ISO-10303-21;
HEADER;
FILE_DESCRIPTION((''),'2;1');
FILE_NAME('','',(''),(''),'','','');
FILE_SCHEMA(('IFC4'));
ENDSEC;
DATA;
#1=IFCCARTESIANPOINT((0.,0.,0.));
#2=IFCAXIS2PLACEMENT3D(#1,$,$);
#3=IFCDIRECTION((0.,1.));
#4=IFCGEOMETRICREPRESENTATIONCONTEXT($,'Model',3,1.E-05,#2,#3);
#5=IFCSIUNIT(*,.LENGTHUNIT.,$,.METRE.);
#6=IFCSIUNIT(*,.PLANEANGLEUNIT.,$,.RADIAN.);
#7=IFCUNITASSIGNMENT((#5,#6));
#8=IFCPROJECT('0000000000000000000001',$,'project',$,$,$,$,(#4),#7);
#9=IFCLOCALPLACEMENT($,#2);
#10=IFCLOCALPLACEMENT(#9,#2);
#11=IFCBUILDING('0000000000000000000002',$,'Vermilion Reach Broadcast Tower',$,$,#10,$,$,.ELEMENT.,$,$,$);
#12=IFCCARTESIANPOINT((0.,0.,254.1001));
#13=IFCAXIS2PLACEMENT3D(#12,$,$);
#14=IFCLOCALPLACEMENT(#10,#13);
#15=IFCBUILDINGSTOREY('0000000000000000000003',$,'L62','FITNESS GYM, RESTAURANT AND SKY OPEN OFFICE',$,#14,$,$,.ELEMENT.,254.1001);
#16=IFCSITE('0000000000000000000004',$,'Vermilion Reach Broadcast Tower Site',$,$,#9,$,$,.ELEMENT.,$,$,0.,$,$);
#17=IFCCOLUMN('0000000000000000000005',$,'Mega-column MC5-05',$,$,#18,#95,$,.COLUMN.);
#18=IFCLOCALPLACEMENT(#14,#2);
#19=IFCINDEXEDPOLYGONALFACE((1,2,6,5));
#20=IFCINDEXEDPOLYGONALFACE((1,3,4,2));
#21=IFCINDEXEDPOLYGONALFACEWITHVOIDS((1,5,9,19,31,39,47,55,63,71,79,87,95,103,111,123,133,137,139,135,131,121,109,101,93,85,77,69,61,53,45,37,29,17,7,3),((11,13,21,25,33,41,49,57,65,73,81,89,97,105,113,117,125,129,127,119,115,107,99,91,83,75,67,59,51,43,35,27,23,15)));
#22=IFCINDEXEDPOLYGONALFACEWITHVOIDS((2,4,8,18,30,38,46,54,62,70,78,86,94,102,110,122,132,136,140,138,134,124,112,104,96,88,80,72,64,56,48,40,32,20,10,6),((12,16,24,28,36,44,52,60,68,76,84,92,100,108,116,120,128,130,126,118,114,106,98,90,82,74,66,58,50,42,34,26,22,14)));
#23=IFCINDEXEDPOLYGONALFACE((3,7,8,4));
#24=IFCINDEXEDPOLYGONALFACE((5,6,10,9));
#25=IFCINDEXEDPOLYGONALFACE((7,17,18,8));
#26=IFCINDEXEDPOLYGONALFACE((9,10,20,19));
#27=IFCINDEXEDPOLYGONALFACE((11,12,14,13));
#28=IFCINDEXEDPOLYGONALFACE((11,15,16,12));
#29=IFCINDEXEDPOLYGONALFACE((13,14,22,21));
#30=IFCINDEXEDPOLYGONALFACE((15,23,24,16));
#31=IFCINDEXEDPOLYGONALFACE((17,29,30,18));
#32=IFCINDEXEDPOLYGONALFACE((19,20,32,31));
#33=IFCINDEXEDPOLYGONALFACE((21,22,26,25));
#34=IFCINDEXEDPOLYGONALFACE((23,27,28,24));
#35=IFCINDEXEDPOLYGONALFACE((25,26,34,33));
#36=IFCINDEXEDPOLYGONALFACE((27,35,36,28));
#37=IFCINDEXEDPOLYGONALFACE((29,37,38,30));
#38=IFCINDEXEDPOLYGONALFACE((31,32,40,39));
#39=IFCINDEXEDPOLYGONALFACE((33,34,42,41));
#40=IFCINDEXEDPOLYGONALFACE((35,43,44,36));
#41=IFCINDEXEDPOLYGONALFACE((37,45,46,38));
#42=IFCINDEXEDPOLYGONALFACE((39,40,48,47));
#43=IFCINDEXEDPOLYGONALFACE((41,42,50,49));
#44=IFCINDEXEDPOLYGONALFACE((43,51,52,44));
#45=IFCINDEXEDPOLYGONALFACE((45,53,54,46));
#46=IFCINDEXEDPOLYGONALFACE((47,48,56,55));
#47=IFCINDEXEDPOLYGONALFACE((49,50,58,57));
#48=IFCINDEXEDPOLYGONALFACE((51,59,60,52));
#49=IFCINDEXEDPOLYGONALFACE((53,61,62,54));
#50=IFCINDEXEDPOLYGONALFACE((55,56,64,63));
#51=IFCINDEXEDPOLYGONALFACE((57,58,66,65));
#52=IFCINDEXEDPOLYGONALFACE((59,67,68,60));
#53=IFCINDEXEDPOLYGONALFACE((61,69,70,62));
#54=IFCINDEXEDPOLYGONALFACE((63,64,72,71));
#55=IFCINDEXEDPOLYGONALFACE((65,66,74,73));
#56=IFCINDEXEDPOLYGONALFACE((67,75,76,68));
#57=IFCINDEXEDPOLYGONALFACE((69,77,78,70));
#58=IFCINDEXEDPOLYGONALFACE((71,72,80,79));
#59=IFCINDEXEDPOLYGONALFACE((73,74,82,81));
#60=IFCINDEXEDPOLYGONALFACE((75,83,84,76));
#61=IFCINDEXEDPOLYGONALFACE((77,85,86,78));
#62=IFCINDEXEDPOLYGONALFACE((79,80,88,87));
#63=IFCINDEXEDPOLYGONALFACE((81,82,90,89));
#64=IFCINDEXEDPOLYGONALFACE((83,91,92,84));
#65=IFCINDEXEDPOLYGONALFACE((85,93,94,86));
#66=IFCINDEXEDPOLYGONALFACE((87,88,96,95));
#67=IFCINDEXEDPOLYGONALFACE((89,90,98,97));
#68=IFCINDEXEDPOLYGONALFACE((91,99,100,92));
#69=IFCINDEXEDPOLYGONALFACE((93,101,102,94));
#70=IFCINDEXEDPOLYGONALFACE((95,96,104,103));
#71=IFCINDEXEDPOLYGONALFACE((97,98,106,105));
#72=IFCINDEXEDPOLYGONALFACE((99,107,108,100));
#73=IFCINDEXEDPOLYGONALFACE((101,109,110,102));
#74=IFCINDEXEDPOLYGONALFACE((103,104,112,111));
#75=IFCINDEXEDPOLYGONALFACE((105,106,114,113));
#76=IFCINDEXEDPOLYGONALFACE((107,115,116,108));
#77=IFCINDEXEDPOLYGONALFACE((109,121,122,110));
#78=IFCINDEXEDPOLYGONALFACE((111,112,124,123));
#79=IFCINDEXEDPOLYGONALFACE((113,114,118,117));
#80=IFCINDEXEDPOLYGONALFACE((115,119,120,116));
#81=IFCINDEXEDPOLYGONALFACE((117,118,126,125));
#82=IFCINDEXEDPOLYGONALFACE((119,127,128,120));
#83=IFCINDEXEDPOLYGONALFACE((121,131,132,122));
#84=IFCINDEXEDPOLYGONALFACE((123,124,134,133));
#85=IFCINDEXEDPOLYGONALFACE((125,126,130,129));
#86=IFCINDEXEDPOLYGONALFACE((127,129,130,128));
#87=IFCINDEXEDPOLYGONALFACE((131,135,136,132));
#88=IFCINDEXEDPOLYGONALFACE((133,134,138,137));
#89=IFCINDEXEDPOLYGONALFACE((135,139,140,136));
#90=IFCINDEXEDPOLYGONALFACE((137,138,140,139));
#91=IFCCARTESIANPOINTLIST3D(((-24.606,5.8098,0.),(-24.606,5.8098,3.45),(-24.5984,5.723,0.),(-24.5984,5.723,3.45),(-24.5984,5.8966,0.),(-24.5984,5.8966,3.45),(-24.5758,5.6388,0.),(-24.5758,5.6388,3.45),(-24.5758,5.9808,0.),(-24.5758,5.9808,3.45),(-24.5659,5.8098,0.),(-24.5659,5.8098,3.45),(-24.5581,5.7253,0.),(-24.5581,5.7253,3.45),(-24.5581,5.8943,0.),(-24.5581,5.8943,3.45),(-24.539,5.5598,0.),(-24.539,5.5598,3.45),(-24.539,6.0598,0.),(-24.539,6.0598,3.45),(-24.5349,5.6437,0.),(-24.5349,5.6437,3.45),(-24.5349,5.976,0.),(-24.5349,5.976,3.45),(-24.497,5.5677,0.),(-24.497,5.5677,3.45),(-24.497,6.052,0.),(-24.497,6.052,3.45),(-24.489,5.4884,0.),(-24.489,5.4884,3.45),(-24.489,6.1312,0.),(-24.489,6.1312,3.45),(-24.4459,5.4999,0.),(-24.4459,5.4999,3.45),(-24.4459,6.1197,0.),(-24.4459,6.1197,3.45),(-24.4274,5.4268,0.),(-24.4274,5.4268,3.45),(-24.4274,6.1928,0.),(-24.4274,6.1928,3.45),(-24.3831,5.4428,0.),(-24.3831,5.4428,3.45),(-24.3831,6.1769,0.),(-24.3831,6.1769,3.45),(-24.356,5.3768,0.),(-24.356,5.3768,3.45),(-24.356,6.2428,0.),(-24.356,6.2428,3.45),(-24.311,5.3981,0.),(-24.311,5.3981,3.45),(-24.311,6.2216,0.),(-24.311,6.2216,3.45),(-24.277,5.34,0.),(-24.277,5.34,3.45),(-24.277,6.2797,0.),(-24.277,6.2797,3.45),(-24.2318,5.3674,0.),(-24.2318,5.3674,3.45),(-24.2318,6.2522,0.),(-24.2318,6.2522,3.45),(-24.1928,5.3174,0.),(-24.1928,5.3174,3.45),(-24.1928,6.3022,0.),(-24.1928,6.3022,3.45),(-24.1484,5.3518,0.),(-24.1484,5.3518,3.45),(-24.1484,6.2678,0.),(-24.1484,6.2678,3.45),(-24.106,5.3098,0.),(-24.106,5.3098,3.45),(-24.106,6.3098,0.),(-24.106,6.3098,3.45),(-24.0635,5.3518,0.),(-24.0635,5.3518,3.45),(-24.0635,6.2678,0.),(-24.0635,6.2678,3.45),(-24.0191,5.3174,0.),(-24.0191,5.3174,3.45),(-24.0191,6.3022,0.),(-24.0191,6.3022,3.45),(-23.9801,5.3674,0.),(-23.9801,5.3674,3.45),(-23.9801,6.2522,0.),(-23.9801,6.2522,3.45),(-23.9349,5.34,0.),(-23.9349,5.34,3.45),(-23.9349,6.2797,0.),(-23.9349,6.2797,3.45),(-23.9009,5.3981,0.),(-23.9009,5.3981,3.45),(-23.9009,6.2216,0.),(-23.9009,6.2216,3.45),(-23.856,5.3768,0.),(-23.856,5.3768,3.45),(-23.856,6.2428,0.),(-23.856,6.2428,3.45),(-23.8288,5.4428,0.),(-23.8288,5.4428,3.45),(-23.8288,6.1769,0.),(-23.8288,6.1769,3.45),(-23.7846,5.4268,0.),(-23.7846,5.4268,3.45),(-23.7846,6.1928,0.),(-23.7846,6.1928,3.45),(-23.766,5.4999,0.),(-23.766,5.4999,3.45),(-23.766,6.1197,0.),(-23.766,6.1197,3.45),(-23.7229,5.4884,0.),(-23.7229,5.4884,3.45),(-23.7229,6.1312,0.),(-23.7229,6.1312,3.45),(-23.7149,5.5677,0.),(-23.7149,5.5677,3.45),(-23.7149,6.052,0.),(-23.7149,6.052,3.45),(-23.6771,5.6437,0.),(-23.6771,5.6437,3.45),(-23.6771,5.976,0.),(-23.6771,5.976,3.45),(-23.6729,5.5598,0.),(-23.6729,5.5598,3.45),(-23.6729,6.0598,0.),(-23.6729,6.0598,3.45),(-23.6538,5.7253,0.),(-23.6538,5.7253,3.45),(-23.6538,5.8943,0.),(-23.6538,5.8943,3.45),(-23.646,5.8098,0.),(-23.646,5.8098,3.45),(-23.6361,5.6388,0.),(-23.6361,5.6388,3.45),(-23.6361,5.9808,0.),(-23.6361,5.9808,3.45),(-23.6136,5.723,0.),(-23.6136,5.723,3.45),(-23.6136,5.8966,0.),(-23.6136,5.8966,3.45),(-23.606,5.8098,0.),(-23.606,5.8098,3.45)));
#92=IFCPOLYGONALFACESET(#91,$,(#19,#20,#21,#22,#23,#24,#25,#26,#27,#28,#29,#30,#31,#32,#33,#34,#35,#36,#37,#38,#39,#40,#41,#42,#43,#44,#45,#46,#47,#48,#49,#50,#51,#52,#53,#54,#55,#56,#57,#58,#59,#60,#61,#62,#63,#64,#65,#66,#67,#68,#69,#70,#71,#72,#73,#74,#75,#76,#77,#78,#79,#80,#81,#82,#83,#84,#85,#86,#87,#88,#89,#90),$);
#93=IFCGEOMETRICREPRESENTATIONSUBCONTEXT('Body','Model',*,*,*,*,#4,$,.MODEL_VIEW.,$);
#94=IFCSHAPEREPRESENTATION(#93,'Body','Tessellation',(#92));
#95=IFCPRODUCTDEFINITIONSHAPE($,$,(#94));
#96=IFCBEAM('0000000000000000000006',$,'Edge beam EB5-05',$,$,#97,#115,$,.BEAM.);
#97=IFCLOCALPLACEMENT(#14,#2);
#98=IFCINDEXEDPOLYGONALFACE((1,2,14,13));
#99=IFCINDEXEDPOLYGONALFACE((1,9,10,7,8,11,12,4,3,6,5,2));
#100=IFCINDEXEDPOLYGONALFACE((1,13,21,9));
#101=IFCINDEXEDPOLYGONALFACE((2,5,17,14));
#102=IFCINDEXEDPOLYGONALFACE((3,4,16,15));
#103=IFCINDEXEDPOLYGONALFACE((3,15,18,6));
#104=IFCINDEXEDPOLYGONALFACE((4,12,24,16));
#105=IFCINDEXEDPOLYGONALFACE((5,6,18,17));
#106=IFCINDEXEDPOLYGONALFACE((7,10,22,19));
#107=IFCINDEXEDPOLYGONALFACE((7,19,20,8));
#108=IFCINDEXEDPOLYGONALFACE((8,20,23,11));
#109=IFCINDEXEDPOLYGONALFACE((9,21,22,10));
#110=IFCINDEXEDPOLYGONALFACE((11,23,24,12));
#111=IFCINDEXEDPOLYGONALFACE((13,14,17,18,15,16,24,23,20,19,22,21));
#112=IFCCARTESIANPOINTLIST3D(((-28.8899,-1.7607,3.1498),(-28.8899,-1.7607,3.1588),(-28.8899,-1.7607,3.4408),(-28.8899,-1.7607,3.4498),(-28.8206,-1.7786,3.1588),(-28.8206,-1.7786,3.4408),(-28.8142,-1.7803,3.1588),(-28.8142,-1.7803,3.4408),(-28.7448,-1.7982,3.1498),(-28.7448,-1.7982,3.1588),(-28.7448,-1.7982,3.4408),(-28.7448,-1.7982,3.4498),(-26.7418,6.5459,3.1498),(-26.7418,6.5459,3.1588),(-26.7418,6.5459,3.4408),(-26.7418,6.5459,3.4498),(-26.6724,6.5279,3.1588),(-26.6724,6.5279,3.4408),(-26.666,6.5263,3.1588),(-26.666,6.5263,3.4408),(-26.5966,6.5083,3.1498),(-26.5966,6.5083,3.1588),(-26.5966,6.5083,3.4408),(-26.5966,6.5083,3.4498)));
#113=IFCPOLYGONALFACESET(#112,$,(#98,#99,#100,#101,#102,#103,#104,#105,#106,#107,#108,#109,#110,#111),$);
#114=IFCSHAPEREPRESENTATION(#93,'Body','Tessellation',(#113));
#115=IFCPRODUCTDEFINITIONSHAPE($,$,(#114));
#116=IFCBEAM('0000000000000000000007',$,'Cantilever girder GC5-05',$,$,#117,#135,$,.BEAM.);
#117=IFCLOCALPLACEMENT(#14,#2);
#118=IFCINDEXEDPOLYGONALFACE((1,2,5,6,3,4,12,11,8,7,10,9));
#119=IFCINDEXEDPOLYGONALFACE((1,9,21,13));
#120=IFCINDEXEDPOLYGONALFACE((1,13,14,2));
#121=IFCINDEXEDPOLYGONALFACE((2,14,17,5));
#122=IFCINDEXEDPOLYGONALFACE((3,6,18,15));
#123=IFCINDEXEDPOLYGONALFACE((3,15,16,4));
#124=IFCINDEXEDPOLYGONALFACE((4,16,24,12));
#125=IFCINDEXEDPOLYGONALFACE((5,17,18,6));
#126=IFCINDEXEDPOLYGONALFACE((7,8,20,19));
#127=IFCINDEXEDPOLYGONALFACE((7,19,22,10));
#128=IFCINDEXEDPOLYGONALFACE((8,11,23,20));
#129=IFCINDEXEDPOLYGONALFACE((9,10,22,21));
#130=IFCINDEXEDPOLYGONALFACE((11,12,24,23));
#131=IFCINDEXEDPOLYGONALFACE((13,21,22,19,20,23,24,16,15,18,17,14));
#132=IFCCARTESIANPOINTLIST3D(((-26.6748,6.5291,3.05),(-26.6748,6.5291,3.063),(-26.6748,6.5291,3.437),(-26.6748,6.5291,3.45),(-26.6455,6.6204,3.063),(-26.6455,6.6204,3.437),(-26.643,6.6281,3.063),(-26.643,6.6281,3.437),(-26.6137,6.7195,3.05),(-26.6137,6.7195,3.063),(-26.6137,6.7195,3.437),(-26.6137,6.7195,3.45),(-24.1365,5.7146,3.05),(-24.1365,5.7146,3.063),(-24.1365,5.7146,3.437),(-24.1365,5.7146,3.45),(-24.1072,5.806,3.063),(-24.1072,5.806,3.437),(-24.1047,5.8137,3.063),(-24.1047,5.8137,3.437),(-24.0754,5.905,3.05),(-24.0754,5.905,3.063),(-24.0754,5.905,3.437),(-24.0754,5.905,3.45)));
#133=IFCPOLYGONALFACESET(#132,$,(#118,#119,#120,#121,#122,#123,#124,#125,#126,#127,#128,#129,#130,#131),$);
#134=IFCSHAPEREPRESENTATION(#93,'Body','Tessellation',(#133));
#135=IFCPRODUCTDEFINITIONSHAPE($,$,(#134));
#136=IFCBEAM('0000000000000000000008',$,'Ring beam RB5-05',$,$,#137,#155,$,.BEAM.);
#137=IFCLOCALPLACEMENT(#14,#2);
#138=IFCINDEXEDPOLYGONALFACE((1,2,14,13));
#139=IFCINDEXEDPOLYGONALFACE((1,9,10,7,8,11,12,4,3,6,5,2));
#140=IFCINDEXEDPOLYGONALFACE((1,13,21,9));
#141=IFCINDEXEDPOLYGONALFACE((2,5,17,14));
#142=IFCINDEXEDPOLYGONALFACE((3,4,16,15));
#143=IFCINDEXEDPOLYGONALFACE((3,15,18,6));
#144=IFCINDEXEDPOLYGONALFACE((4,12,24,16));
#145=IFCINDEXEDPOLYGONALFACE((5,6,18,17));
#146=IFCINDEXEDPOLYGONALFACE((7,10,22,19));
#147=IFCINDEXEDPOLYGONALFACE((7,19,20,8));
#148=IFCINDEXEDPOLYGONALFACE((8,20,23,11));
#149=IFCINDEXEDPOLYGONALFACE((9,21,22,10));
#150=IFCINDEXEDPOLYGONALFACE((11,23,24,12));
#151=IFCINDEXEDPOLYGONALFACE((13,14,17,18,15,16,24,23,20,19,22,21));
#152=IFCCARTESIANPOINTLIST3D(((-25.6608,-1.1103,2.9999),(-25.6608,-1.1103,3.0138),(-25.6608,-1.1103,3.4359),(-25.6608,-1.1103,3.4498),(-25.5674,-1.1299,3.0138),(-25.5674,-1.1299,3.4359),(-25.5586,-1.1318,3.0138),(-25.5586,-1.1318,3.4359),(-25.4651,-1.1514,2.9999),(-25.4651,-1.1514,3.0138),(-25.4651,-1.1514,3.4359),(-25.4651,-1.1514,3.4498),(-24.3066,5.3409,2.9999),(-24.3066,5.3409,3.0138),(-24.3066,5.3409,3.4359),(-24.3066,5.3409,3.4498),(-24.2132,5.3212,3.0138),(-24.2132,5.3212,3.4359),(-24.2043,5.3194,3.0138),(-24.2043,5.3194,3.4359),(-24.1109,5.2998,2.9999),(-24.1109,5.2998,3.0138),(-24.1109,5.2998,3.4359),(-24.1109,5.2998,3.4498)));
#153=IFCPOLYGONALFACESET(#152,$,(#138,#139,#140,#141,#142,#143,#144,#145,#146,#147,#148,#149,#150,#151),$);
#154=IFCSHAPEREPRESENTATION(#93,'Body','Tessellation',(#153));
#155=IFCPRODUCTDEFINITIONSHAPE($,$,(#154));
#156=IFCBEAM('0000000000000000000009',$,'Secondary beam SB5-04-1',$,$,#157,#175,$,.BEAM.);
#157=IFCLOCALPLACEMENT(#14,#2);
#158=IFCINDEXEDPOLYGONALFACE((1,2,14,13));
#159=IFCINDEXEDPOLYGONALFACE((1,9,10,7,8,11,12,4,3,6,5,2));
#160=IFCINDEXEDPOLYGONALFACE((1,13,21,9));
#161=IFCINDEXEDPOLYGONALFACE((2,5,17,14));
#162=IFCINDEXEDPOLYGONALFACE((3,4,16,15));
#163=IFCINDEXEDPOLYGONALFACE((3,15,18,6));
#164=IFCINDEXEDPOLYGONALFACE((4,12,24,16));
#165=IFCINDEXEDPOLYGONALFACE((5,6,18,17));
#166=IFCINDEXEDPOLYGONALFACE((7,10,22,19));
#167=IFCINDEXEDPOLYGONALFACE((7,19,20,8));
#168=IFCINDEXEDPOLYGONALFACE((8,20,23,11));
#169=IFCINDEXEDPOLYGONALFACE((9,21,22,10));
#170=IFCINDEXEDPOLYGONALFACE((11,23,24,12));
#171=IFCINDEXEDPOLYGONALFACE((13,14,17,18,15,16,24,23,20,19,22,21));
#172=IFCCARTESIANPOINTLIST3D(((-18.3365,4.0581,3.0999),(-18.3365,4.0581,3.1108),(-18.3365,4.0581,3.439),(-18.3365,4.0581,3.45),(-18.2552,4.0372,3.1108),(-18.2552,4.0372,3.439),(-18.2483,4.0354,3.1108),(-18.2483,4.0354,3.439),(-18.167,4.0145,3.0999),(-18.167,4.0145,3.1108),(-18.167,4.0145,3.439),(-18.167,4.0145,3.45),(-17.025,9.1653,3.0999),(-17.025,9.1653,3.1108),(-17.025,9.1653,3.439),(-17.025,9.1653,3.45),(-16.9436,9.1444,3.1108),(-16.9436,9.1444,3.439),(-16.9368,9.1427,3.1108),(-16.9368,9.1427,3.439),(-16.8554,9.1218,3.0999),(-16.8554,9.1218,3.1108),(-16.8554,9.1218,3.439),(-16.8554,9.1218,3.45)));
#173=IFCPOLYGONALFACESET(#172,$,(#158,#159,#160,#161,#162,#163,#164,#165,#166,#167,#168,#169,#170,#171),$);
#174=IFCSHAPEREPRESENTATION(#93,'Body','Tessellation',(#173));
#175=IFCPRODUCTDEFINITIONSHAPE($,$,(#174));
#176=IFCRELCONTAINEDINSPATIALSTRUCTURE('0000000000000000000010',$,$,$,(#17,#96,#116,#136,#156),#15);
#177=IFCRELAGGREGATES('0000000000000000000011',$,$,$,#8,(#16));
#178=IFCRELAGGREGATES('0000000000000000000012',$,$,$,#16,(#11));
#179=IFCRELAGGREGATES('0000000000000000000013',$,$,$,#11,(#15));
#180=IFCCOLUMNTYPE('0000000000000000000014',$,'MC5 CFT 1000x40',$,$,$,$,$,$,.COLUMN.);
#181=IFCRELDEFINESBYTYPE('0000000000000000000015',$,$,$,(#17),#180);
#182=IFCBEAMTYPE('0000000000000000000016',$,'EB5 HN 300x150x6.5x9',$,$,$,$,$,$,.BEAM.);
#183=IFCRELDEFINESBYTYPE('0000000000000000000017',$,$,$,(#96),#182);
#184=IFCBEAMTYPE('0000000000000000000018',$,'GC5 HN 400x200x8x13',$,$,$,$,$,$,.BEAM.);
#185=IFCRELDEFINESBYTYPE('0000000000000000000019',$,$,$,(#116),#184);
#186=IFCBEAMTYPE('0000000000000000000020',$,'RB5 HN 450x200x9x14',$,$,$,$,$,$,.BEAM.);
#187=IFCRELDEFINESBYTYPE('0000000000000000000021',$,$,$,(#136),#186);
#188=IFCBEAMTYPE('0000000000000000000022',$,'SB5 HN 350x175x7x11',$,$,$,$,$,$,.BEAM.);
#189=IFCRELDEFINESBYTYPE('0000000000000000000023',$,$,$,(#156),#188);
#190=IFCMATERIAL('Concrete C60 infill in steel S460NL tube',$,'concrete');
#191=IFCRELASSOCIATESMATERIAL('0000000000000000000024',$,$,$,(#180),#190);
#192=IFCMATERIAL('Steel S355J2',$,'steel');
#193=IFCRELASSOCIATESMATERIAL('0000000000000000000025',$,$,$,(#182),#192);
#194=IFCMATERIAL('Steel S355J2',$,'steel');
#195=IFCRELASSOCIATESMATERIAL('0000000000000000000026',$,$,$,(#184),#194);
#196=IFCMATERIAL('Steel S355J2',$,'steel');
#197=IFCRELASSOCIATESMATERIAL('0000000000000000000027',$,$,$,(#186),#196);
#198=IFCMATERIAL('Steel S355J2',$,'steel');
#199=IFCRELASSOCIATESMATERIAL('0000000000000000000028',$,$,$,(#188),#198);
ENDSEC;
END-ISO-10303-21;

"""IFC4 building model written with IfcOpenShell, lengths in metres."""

from ifc_helpers import new_model, si_unit, direction, frame, origin, origin_2d, place, context, subcontext, project, spatial, hollow_circle, i_section, extrude, material, material_profile, profile_set, type_object, element, save


model = new_model("IFC4")

# Units and contexts
model_context = context("Model", 3, precision=1e-05, world=origin(), true_north=direction((0.0, 1.0)))
body_context = subcontext(model_context, "Body", "Model", "MODEL_VIEW")
ifc_project = project(units=[si_unit("LENGTHUNIT", "METRE"), si_unit("PLANEANGLEUNIT", "RADIAN")], contexts=[model_context])

# Site, building, storey
site_placement = place(None, origin())
site = spatial("IfcSite", under=ifc_project, at=site_placement, Name="Vermilion Reach Broadcast Tower Site", CompositionType="ELEMENT", RefElevation=0.0)
building_placement = place(site_placement, origin())
building = spatial("IfcBuilding", under=site, at=building_placement, Name="Vermilion Reach Broadcast Tower", CompositionType="ELEMENT")
storey_placement = place(building_placement, frame((0.0, 0.0, 254.1001)))
storey = spatial("IfcBuildingStorey", under=building, at=storey_placement, Name="L62", Description="FITNESS GYM, RESTAURANT AND SKY OPEN OFFICE", CompositionType="ELEMENT", Elevation=254.1001)

# Column
ifc_material_1 = material(Name="Concrete C60 infill in steel S460NL tube", Category="concrete")
ifc_material_profile_1 = material_profile(ifc_material_1, hollow_circle(Radius=0.5, WallThickness=0.04, at=origin_2d()), Name="Concrete C60 infill in steel S460NL tube CFT 1000x40")
ifc_profile_set_1 = profile_set([ifc_material_profile_1], Name="Concrete C60 infill in steel S460NL tube")
column_type = type_object("IfcColumnType", Name="MC5 CFT 1000x40", PredefinedType="COLUMN", material=ifc_profile_set_1)
column_placement = place(storey_placement, frame((-24.106, 5.8098, 0.0), z_axis=(0.0, 0.0, 1.0), x_axis=(1.0, 0.0, 0.0)))
element("IfcColumn", 1, at=column_placement, inside=storey, type_object=column_type, Name="Mega-column MC5-05", PredefinedType="COLUMN", context=body_context, shape_type="SweptSolid", body=[
    extrude(hollow_circle(Radius=0.5, WallThickness=0.04, at=origin_2d()), origin(), (0.0, 0.0, 1.0), 3.45),
])

# Beams
ifc_material_2 = material(Name="Steel S355J2", Category="steel")
ifc_material_profile_2 = material_profile(ifc_material_2, i_section(OverallWidth=0.1499, OverallDepth=0.3, WebThickness=0.0066, FlangeThickness=0.009, at=origin_2d()), Name="S355J2 HN 300x150x6.5x9")
ifc_profile_set_2 = profile_set([ifc_material_profile_2], Name="Steel S355J2")
beam_type_1 = type_object("IfcBeamType", Name="EB5 HN 300x150x6.5x9", PredefinedType="BEAM", material=ifc_profile_set_2)
beam_1_placement = place(storey_placement, frame((-26.6692, 6.5271, 3.2998), z_axis=(-0.250375, -0.968149, 0.0), x_axis=(0.968149, -0.250375, 0.0)))
element("IfcBeam", 2, at=beam_1_placement, inside=storey, type_object=beam_type_1, Name="Edge beam EB5-05", PredefinedType="BEAM", context=body_context, shape_type="SweptSolid", body=[
    extrude(i_section(OverallWidth=0.1499, OverallDepth=0.3, WebThickness=0.0066, FlangeThickness=0.009, at=origin_2d()), origin(), (0.0, 0.0, 1.0), 8.5798),
])
ifc_material_3 = material(Name="Steel S355J2", Category="steel")
ifc_material_profile_3 = material_profile(ifc_material_3, i_section(OverallWidth=0.2, OverallDepth=0.3999, WebThickness=0.0081, FlangeThickness=0.0129, at=origin_2d()), Name="S355J2 HN 400x200x8x13")
ifc_profile_set_3 = profile_set([ifc_material_profile_3], Name="Steel S355J2")
beam_type_2 = type_object("IfcBeamType", Name="GC5 HN 400x200x8x13", PredefinedType="BEAM", material=ifc_profile_set_3)
beam_2_placement = place(storey_placement, frame((-24.106, 5.8098, 3.25), z_axis=(-0.952186, 0.30552, 0.0), x_axis=(-0.30552, -0.952186, 0.0)))
element("IfcBeam", 3, at=beam_2_placement, inside=storey, type_object=beam_type_2, Name="Cantilever girder GC5-05", PredefinedType="BEAM", context=body_context, shape_type="SweptSolid", body=[
    extrude(i_section(OverallWidth=0.2, OverallDepth=0.3999, WebThickness=0.0081, FlangeThickness=0.0129, at=origin_2d()), origin(), (0.0, 0.0, 1.0), 2.6658),
])
ifc_material_4 = material(Name="Steel S355J2", Category="steel")
ifc_material_profile_4 = material_profile(ifc_material_4, i_section(OverallWidth=0.2, OverallDepth=0.45, WebThickness=0.009, FlangeThickness=0.0139, at=origin_2d()), Name="S355J2 HN 450x200x9x14")
ifc_profile_set_4 = profile_set([ifc_material_profile_4], Name="Steel S355J2")
beam_type_3 = type_object("IfcBeamType", Name="RB5 HN 450x200x9x14", PredefinedType="BEAM", material=ifc_profile_set_4)
beam_3_placement = place(storey_placement, frame((-24.2087, 5.3203, 3.2249), z_axis=(-0.205445, -0.978669, 0.0), x_axis=(0.978669, -0.205445, 0.0)))
element("IfcBeam", 4, at=beam_3_placement, inside=storey, type_object=beam_type_3, Name="Ring beam RB5-05", PredefinedType="BEAM", context=body_context, shape_type="SweptSolid", body=[
    extrude(i_section(OverallWidth=0.2, OverallDepth=0.45, WebThickness=0.009, FlangeThickness=0.0139, at=origin_2d()), origin(), (0.0, 0.0, 1.0), 6.5918),
])
ifc_material_5 = material(Name="Steel S355J2", Category="steel")
ifc_material_profile_5 = material_profile(ifc_material_5, i_section(OverallWidth=0.175, OverallDepth=0.3501, WebThickness=0.0071, FlangeThickness=0.011, at=origin_2d()), Name="S355J2 HN 350x175x7x11")
ifc_profile_set_5 = profile_set([ifc_material_profile_5], Name="Steel S355J2")
beam_type_4 = type_object("IfcBeamType", Name="SB5 HN 350x175x7x11", PredefinedType="BEAM", material=ifc_profile_set_5)
beam_4_placement = place(storey_placement, frame((-16.9402, 9.1436, 3.2749), z_axis=(-0.24873, -0.968573, 0.0), x_axis=(0.968573, -0.24873, 0.0)))
element("IfcBeam", 5, at=beam_4_placement, inside=storey, type_object=beam_type_4, Name="Secondary beam SB5-04-1", PredefinedType="BEAM", context=body_context, shape_type="SweptSolid", body=[
    extrude(i_section(OverallWidth=0.175, OverallDepth=0.3501, WebThickness=0.0071, FlangeThickness=0.011, at=origin_2d()), origin(), (0.0, 0.0, 1.0), 5.2729),
])

save(model, "model.ifc")
